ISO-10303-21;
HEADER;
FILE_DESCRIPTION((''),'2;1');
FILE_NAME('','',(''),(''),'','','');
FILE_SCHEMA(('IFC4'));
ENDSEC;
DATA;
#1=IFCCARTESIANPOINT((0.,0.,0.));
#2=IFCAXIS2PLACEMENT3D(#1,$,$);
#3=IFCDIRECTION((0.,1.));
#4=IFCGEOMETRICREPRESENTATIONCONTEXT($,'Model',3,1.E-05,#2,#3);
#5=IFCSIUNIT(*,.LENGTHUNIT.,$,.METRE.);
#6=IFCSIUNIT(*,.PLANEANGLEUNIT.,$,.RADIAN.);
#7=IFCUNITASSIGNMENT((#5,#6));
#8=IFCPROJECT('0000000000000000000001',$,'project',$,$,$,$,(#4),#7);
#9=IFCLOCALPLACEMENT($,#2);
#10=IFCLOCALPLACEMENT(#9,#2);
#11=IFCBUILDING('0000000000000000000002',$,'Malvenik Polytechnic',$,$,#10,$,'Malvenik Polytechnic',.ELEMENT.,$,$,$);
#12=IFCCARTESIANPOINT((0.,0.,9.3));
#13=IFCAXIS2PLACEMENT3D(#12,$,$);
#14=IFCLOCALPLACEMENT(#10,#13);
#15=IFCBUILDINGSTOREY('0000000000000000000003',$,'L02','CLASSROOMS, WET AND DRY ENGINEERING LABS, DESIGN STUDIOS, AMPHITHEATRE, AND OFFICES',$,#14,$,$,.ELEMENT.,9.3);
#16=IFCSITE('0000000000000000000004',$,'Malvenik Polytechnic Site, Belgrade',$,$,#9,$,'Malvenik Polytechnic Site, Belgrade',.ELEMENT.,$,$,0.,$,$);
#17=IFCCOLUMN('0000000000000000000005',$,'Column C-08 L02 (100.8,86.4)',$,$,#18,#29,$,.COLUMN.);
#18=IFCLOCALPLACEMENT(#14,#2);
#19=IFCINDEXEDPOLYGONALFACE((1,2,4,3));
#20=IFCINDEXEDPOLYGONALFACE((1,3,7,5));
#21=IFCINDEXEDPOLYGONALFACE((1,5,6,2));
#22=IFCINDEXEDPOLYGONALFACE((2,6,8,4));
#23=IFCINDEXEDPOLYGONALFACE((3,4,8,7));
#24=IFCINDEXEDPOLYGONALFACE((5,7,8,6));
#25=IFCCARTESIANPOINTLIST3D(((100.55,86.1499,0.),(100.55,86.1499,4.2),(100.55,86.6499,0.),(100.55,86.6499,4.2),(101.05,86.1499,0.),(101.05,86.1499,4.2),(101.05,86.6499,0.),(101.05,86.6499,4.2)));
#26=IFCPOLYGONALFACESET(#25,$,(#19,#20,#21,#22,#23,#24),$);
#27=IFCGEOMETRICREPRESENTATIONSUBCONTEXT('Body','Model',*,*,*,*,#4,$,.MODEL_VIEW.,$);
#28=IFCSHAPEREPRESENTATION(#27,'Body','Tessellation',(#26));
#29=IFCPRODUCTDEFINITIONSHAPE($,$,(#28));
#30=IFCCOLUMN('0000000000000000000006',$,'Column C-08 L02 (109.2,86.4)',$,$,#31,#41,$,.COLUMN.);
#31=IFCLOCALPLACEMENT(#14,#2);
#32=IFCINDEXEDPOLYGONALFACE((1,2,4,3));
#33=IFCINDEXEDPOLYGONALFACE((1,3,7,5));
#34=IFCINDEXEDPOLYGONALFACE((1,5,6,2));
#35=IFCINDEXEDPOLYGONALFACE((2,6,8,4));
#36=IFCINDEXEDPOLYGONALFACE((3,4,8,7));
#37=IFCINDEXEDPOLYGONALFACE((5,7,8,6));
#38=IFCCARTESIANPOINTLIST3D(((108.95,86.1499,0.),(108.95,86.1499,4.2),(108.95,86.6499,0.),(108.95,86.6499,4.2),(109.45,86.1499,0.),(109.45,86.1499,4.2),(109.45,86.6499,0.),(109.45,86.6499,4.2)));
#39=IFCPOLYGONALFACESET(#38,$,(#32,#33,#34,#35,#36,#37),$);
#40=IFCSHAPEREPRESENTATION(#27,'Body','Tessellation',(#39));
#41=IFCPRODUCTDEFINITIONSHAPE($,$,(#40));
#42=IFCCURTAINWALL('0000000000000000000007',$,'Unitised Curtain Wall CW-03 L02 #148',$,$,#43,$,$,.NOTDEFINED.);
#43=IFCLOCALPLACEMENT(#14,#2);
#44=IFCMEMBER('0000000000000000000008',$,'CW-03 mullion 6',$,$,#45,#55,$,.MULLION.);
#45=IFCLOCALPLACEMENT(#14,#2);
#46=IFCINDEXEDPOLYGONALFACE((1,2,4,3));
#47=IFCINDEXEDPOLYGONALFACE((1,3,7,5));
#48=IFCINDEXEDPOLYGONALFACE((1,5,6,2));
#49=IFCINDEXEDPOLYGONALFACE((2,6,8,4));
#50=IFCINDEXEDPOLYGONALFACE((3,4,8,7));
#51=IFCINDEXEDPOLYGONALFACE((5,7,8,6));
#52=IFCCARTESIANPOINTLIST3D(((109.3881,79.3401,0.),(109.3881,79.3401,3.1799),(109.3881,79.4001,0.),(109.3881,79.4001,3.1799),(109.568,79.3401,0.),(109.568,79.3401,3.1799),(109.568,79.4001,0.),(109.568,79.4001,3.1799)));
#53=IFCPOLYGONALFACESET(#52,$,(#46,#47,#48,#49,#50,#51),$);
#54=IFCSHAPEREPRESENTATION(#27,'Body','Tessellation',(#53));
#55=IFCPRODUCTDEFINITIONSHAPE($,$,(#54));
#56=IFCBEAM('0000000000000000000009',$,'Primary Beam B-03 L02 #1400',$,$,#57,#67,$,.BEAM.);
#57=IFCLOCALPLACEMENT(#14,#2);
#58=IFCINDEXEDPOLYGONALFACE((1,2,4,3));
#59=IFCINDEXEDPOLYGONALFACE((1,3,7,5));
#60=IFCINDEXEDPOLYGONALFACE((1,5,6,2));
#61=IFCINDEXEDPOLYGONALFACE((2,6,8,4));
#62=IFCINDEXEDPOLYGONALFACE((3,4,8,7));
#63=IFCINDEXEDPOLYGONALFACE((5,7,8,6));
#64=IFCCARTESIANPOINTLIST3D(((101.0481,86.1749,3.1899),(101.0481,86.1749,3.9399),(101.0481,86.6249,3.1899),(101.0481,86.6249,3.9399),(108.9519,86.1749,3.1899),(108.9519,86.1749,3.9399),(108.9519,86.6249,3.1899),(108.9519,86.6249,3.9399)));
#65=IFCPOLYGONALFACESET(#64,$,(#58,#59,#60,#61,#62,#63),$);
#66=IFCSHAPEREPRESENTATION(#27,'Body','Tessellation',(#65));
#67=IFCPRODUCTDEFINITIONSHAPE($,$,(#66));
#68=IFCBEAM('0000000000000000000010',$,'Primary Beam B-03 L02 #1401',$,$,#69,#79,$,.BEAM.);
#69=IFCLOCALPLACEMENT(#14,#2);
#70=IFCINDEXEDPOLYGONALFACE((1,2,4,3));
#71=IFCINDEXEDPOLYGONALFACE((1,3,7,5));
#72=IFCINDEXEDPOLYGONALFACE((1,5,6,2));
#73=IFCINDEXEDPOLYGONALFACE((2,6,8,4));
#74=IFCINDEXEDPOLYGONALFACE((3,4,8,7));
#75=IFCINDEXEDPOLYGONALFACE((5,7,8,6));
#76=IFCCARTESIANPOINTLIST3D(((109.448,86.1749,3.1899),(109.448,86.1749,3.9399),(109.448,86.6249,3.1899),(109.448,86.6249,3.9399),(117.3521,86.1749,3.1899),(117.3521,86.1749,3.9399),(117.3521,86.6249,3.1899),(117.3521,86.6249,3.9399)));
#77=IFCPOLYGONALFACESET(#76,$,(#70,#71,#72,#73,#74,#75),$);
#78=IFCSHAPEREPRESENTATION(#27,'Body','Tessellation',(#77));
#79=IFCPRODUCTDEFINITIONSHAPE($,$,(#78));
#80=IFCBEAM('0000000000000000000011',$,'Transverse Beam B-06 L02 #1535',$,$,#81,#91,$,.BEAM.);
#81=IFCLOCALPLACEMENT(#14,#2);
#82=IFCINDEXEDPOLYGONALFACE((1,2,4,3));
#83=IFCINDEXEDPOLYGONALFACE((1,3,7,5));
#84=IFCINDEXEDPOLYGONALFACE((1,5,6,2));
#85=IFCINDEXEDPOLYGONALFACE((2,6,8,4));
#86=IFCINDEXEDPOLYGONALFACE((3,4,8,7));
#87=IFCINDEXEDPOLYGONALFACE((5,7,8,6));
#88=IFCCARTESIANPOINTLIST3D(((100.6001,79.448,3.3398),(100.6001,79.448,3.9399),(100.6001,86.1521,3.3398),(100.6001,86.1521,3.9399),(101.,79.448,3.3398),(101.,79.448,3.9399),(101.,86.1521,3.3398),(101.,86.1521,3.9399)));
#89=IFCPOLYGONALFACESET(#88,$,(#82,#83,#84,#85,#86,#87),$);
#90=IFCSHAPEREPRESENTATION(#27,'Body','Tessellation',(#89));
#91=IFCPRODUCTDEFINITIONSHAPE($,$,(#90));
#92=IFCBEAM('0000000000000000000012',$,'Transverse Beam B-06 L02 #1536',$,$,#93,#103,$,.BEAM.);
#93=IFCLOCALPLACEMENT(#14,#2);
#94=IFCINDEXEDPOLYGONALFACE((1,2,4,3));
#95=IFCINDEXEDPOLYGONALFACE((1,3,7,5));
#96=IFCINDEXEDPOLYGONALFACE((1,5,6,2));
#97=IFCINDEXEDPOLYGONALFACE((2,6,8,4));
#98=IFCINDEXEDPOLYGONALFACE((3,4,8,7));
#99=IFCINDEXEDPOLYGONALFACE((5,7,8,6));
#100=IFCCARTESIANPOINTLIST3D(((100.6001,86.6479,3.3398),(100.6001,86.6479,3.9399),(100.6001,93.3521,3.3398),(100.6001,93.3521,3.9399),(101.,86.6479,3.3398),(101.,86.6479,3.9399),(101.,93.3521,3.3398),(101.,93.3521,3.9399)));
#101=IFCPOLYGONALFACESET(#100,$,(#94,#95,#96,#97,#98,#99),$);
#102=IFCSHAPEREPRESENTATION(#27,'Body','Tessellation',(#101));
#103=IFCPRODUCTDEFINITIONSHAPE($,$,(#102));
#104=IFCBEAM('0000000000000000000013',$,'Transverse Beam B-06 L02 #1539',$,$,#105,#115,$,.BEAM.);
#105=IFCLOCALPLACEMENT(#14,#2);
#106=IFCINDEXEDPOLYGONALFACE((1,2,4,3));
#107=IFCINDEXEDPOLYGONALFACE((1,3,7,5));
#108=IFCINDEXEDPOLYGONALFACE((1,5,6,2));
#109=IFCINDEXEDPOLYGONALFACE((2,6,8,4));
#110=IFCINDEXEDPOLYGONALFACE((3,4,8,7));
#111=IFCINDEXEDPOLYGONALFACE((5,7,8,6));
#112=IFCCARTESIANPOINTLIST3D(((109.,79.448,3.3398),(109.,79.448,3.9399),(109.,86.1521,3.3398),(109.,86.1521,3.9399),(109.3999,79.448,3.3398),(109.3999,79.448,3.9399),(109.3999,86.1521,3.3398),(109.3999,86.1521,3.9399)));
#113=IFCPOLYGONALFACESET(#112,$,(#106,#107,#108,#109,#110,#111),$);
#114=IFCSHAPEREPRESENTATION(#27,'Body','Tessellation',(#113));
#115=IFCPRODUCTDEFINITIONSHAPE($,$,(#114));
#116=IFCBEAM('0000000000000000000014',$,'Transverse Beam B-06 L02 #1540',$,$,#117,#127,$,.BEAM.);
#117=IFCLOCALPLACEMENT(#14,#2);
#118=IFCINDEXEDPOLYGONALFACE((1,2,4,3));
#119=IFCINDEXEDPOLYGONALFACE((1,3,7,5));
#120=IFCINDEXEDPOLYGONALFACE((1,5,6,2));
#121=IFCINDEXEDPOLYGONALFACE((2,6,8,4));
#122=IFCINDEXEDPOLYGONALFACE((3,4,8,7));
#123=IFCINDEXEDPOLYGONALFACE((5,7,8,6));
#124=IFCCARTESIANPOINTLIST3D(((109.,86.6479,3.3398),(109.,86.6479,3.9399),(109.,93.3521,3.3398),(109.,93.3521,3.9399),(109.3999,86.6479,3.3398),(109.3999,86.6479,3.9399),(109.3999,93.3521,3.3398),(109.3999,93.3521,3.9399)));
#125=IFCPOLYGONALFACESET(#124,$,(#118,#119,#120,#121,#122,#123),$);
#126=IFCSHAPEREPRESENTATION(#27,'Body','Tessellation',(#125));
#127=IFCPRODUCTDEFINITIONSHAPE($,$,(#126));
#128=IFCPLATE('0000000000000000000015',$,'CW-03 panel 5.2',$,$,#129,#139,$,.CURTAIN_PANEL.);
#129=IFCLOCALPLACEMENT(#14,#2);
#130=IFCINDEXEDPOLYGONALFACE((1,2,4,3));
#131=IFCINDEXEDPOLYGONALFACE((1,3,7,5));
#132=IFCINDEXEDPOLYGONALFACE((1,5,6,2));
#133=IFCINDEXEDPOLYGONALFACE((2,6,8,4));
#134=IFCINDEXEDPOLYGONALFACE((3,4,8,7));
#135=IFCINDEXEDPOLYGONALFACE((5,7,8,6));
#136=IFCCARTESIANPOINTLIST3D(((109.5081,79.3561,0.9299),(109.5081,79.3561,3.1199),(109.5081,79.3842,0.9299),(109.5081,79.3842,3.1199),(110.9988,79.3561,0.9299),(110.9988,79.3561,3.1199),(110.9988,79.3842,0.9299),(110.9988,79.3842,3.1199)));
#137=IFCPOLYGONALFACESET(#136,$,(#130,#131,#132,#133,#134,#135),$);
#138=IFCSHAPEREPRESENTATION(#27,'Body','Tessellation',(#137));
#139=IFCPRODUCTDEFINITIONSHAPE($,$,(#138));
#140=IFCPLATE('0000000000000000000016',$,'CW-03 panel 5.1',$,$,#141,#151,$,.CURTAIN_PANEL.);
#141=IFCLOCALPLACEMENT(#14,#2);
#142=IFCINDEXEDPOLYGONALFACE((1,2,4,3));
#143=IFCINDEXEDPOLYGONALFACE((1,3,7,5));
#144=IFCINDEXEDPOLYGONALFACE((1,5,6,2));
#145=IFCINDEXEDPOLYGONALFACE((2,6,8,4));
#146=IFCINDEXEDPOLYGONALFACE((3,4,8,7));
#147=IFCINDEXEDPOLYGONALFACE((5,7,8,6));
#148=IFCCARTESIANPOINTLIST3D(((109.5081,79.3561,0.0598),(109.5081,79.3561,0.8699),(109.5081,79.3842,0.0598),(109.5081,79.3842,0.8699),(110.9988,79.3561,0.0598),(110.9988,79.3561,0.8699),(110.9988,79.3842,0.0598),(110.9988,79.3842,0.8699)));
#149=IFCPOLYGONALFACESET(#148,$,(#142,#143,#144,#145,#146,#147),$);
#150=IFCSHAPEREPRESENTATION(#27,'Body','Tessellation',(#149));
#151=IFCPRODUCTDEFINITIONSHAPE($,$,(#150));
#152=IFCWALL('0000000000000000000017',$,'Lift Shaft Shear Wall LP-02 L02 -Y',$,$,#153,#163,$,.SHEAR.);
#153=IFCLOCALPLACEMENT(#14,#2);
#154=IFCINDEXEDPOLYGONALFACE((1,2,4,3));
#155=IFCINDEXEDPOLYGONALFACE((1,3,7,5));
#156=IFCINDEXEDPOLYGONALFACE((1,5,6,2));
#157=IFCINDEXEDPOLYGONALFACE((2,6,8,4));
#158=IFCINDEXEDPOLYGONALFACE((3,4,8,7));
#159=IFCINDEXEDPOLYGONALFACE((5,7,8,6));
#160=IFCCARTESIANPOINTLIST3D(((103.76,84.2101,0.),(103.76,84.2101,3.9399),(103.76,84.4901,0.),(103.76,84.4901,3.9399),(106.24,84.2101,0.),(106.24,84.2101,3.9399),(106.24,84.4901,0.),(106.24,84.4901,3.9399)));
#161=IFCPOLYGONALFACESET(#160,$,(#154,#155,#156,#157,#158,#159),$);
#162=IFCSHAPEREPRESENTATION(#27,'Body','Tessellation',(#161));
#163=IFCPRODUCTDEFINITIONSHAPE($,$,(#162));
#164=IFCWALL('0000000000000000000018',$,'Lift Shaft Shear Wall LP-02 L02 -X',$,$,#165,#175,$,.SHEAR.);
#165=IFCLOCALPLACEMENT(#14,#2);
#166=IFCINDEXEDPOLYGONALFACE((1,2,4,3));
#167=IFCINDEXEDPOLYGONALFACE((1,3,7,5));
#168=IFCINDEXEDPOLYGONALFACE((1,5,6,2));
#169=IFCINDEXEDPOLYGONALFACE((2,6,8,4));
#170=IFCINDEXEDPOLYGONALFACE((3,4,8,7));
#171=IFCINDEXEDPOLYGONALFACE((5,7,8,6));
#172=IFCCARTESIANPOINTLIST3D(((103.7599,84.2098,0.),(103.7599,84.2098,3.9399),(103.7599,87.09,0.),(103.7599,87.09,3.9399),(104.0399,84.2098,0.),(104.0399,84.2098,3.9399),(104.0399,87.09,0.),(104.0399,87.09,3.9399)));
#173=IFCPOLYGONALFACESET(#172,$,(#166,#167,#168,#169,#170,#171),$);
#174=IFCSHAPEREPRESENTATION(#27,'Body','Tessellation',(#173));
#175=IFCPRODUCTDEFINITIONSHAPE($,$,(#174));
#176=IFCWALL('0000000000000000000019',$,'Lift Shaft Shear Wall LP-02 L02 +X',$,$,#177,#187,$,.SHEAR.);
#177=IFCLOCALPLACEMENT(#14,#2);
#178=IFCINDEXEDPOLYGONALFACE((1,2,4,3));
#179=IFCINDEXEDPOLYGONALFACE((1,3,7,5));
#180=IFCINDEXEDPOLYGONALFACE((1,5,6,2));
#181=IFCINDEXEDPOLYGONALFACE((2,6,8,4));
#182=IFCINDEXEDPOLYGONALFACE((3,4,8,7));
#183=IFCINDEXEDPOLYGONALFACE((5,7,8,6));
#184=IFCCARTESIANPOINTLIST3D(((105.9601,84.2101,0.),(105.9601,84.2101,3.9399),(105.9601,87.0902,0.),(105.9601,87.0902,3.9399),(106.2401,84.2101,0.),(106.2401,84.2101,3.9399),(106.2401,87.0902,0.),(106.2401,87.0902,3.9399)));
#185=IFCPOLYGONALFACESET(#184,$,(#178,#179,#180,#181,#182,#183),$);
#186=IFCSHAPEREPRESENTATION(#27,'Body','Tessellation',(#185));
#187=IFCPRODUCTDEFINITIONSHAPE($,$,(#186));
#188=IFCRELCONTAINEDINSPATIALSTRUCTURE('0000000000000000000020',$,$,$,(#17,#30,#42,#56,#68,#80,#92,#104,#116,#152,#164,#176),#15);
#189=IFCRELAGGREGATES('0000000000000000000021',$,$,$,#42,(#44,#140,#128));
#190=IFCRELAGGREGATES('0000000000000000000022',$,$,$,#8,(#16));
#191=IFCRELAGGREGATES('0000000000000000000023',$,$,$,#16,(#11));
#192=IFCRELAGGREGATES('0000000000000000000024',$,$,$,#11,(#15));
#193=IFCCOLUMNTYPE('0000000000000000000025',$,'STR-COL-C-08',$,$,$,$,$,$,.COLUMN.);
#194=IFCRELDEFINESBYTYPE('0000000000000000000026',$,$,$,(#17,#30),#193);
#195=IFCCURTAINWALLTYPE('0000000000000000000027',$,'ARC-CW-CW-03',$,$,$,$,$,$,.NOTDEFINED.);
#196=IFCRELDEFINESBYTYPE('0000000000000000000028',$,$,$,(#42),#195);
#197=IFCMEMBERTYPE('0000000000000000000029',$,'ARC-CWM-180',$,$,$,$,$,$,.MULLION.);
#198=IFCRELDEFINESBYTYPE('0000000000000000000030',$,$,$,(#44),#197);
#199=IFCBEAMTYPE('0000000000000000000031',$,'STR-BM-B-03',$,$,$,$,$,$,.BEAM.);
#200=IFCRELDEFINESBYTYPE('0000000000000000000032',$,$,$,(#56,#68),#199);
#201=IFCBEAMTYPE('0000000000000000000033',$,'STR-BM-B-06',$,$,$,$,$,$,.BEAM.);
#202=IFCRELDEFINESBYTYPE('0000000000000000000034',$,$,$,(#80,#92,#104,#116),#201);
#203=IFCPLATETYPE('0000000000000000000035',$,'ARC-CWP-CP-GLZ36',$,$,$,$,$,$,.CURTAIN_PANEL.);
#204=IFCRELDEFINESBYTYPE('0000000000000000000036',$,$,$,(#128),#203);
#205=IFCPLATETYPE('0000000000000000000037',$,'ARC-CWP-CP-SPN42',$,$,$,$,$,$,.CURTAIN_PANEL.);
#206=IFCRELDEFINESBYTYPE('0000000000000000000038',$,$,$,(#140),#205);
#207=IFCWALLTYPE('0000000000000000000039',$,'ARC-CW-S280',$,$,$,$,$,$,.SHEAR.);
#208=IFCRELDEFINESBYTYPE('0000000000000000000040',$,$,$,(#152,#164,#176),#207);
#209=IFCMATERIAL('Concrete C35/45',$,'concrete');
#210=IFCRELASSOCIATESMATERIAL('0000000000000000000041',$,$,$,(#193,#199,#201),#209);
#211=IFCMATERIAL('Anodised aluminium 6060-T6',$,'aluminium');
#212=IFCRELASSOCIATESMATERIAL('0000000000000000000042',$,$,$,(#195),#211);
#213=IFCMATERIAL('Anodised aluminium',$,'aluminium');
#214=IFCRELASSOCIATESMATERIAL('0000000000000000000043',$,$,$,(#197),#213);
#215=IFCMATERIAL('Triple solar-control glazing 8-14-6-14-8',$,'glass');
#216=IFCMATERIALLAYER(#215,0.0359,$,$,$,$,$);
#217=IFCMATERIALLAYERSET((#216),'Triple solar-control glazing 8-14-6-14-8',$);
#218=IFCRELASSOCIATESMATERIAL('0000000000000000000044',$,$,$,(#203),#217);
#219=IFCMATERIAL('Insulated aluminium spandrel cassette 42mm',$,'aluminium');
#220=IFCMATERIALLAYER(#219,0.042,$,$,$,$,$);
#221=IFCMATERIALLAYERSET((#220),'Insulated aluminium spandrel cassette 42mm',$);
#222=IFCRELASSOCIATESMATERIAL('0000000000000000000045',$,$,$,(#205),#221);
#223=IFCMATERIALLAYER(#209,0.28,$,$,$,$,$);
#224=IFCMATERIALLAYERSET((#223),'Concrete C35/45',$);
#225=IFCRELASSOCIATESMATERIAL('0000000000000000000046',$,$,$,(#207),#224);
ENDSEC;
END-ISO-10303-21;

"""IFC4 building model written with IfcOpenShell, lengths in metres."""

from ifc_helpers import new_model, si_unit, direction, frame, frame_2d, origin, origin_2d, place, context, subcontext, project, spatial, rectangle, extrude, material, layer, layer_set, material_profile, profile_set, type_object, element, aggregate, save


model = new_model("IFC4")

# Units and contexts
model_context = context("Model", 3, precision=1e-05, world=origin(), true_north=direction((0.0, 1.0)))
body_context = subcontext(model_context, "Body", "Model", "MODEL_VIEW")
ifc_project = project(units=[si_unit("LENGTHUNIT", "METRE"), si_unit("PLANEANGLEUNIT", "RADIAN")], contexts=[model_context])

# Site, building, storey
site_placement = place(None, origin())
site = spatial("IfcSite", under=ifc_project, at=site_placement, Name="Malvenik Polytechnic Site, Belgrade", LongName="Malvenik Polytechnic Site, Belgrade", CompositionType="ELEMENT", RefElevation=0.0)
building_placement = place(site_placement, origin())
building = spatial("IfcBuilding", under=site, at=building_placement, Name="Malvenik Polytechnic", LongName="Malvenik Polytechnic", CompositionType="ELEMENT")
storey_placement = place(building_placement, frame((0.0, 0.0, 9.3)))
storey = spatial("IfcBuildingStorey", under=building, at=storey_placement, Name="L02", Description="CLASSROOMS, WET AND DRY ENGINEERING LABS, DESIGN STUDIOS, AMPHITHEATRE, AND OFFICES", CompositionType="ELEMENT", Elevation=9.3)

# Columns
ifc_material_1 = material(Name="Concrete C35/45", Category="concrete")
ifc_material_profile_1 = material_profile(ifc_material_1, rectangle(XDim=0.5, YDim=0.5, at=origin_2d()), Name="RC COL 500x500")
ifc_profile_set_1 = profile_set([ifc_material_profile_1], Name="Concrete C35/45")
column_type = type_object("IfcColumnType", Name="STR-COL-C-08", PredefinedType="COLUMN", material=ifc_profile_set_1)
for number, where, z_axis, x_axis, name in (
    (1, (100.8, 86.3999, 0.0), (0.0, 0.0, 1.0), (1.0, 0.0, 0.0), "Column C-08 L02 (100.8,86.4)"),
    (2, (109.2, 86.3999, 0.0), (0.0, 0.0, 1.0), (1.0, 0.0, 0.0), "Column C-08 L02 (109.2,86.4)"),
):
    element("IfcColumn", number, at=place(storey_placement, frame(where, z_axis=z_axis, x_axis=x_axis)), inside=storey, type_object=column_type, Name=name, PredefinedType="COLUMN", context=body_context, shape_type="SweptSolid", body=[
        extrude(rectangle(XDim=0.5, YDim=0.5, at=origin_2d()), origin(), (0.0, 0.0, 1.0), 4.2),
    ])

# Curtain wall, member
ifc_material_2 = material(Name="Anodised aluminium 6060-T6", Category="aluminium")
curtain_wall_type = type_object("IfcCurtainWallType", Name="ARC-CW-CW-03", PredefinedType="NOTDEFINED", material=ifc_material_2)
curtain_wall_placement = place(storey_placement, origin())
curtain_wall = element("IfcCurtainWall", 3, at=curtain_wall_placement, inside=storey, type_object=curtain_wall_type, Name="Unitised Curtain Wall CW-03 L02 #148", PredefinedType="NOTDEFINED")
ifc_material_3 = material(Name="Anodised aluminium", Category="aluminium")
ifc_material_profile_2 = material_profile(ifc_material_3, rectangle(XDim=0.0601, YDim=0.1799, at=origin_2d()), Name="ALU MULLION 60x180")
ifc_profile_set_2 = profile_set([ifc_material_profile_2], Name="Anodised aluminium")
member_type = type_object("IfcMemberType", Name="ARC-CWM-180", PredefinedType="MULLION", material=ifc_profile_set_2)
member_placement = place(storey_placement, frame((109.478, 79.3701, 0.0), z_axis=(0.0, 0.0, 1.0), x_axis=(0.0, -1.0, 0.0)))
member = element("IfcMember", 4, at=member_placement, type_object=member_type, Name="CW-03 mullion 6", PredefinedType="MULLION", context=body_context, shape_type="SweptSolid", body=[
    extrude(rectangle(XDim=0.0601, YDim=0.1799, at=origin_2d()), origin(), (0.0, 0.0, 1.0), 3.1799),
])

# Beams
ifc_material_profile_3 = material_profile(ifc_material_1, rectangle(XDim=0.45, YDim=0.75, at=origin_2d()), Name="RC BM 450x750")
ifc_profile_set_3 = profile_set([ifc_material_profile_3], Name="Concrete C35/45")
beam_type_1 = type_object("IfcBeamType", Name="STR-BM-B-03", PredefinedType="BEAM", material=ifc_profile_set_3)
beam_1_placement = place(storey_placement, frame((101.0481, 86.3999, 3.5649), z_axis=(1.0, 0.0, 0.0), x_axis=(0.0, 1.0, 0.0)))
element("IfcBeam", 5, at=beam_1_placement, inside=storey, type_object=beam_type_1, Name="Primary Beam B-03 L02 #1400", PredefinedType="BEAM", context=body_context, shape_type="SweptSolid", body=[
    extrude(rectangle(XDim=0.45, YDim=0.75, at=origin_2d()), origin(), (0.0, 0.0, 1.0), 7.9038),
])
beam_2_placement = place(storey_placement, frame((109.448, 86.3999, 3.5649), z_axis=(1.0, 0.0, 0.0), x_axis=(0.0, 1.0, 0.0)))
element("IfcBeam", 6, at=beam_2_placement, inside=storey, type_object=beam_type_1, Name="Primary Beam B-03 L02 #1401", PredefinedType="BEAM", context=body_context, shape_type="SweptSolid", body=[
    extrude(rectangle(XDim=0.45, YDim=0.75, at=origin_2d()), origin(), (0.0, 0.0, 1.0), 7.9041),
])
ifc_material_profile_4 = material_profile(ifc_material_1, rectangle(XDim=0.3999, YDim=0.6001, at=origin_2d()), Name="RC BM 400x600")
ifc_profile_set_4 = profile_set([ifc_material_profile_4], Name="Concrete C35/45")
beam_type_2 = type_object("IfcBeamType", Name="STR-BM-B-06", PredefinedType="BEAM", material=ifc_profile_set_4)
for number, where, z_axis, x_axis, name in (
    (7, (100.8, 79.448, 3.6399), (0.0, 1.0, 0.0), (-1.0, 0.0, 0.0), "Transverse Beam B-06 L02 #1535"),
    (8, (100.8, 86.6479, 3.6399), (0.0, 1.0, 0.0), (-1.0, 0.0, 0.0), "Transverse Beam B-06 L02 #1536"),
    (9, (109.2, 79.448, 3.6399), (0.0, 1.0, 0.0), (-1.0, 0.0, 0.0), "Transverse Beam B-06 L02 #1539"),
    (10, (109.2, 86.6479, 3.6399), (0.0, 1.0, 0.0), (-1.0, 0.0, 0.0), "Transverse Beam B-06 L02 #1540"),
):
    element("IfcBeam", number, at=place(storey_placement, frame(where, z_axis=z_axis, x_axis=x_axis)), inside=storey, type_object=beam_type_2, Name=name, PredefinedType="BEAM", context=body_context, shape_type="SweptSolid", body=[
        extrude(rectangle(XDim=0.3999, YDim=0.6001, at=origin_2d()), origin(), (0.0, 0.0, 1.0), 6.7041),
    ])

# Plates
ifc_material_4 = material(Name="Triple solar-control glazing 8-14-6-14-8", Category="glass")
ifc_layer_1 = layer(ifc_material_4, 0.0359)
ifc_layer_set_1 = layer_set([ifc_layer_1], Name="Triple solar-control glazing 8-14-6-14-8")
plate_type_1 = type_object("IfcPlateType", Name="ARC-CWP-CP-GLZ36", PredefinedType="CURTAIN_PANEL", material=ifc_layer_set_1)
plate_1_placement = place(storey_placement, frame((110.2534, 79.3701, 0.9299), z_axis=(0.0, 0.0, 1.0), x_axis=(-1.0, 0.0, 0.0)))
plate_1 = element("IfcPlate", 11, at=plate_1_placement, type_object=plate_type_1, Name="CW-03 panel 5.2", PredefinedType="CURTAIN_PANEL", context=body_context, shape_type="SweptSolid", body=[
    extrude(rectangle(XDim=1.4907, YDim=0.0281, at=origin_2d()), origin(), (0.0, 0.0, 1.0), 2.1899),
])
ifc_material_5 = material(Name="Insulated aluminium spandrel cassette 42mm", Category="aluminium")
ifc_layer_2 = layer(ifc_material_5, 0.042)
ifc_layer_set_2 = layer_set([ifc_layer_2], Name="Insulated aluminium spandrel cassette 42mm")
plate_type_2 = type_object("IfcPlateType", Name="ARC-CWP-CP-SPN42", PredefinedType="CURTAIN_PANEL", material=ifc_layer_set_2)
plate_2_placement = place(storey_placement, frame((110.2534, 79.3701, 0.0598), z_axis=(0.0, 0.0, 1.0), x_axis=(-1.0, 0.0, 0.0)))
plate_2 = element("IfcPlate", 12, at=plate_2_placement, type_object=plate_type_2, Name="CW-03 panel 5.1", PredefinedType="CURTAIN_PANEL", context=body_context, shape_type="SweptSolid", body=[
    extrude(rectangle(XDim=1.4907, YDim=0.0281, at=origin_2d()), origin(), (0.0, 0.0, 1.0), 0.8101),
])
aggregate(curtain_wall, [member, plate_2, plate_1])

# Wall
ifc_layer_3 = layer(ifc_material_1, 0.28)
ifc_layer_set_3 = layer_set([ifc_layer_3], Name="Concrete C35/45")
wall_type_1 = type_object("IfcWallType", Name="ARC-CW-S280", PredefinedType="SHEAR", material=ifc_layer_set_3)
wall_1_placement = place(storey_placement, frame((106.24, 84.3501, 0.0), z_axis=(0.0, 0.0, 1.0), x_axis=(-1.0, 0.0, 0.0)))
element("IfcWall", 13, at=wall_1_placement, inside=storey, type_object=wall_type_1, Name="Lift Shaft Shear Wall LP-02 L02 -Y", PredefinedType="SHEAR", context=body_context, shape_type="SweptSolid", body=[
    extrude(rectangle(XDim=2.48, YDim=0.28, at=frame_2d((1.24, 0.0))), origin(), (0.0, 0.0, 1.0), 3.9399),
])

# Walls
for number, where, z_axis, x_axis, name in (
    (14, (103.8999, 84.21, 0.0), (0.0, 0.0, 1.0), (0.0, 1.0, 0.0), "Lift Shaft Shear Wall LP-02 L02 -X"),
    (15, (106.1001, 87.0901, 0.0), (0.0, 0.0, 1.0), (0.0, -1.0, 0.0), "Lift Shaft Shear Wall LP-02 L02 +X"),
):
    element("IfcWall", number, at=place(storey_placement, frame(where, z_axis=z_axis, x_axis=x_axis)), inside=storey, type_object=wall_type_1, Name=name, PredefinedType="SHEAR", context=body_context, shape_type="SweptSolid", body=[
        extrude(rectangle(XDim=2.8801, YDim=0.28, at=frame_2d((1.4399, 0.0))), origin(), (0.0, 0.0, 1.0), 3.9399),
    ])

save(model, "model.ifc")
